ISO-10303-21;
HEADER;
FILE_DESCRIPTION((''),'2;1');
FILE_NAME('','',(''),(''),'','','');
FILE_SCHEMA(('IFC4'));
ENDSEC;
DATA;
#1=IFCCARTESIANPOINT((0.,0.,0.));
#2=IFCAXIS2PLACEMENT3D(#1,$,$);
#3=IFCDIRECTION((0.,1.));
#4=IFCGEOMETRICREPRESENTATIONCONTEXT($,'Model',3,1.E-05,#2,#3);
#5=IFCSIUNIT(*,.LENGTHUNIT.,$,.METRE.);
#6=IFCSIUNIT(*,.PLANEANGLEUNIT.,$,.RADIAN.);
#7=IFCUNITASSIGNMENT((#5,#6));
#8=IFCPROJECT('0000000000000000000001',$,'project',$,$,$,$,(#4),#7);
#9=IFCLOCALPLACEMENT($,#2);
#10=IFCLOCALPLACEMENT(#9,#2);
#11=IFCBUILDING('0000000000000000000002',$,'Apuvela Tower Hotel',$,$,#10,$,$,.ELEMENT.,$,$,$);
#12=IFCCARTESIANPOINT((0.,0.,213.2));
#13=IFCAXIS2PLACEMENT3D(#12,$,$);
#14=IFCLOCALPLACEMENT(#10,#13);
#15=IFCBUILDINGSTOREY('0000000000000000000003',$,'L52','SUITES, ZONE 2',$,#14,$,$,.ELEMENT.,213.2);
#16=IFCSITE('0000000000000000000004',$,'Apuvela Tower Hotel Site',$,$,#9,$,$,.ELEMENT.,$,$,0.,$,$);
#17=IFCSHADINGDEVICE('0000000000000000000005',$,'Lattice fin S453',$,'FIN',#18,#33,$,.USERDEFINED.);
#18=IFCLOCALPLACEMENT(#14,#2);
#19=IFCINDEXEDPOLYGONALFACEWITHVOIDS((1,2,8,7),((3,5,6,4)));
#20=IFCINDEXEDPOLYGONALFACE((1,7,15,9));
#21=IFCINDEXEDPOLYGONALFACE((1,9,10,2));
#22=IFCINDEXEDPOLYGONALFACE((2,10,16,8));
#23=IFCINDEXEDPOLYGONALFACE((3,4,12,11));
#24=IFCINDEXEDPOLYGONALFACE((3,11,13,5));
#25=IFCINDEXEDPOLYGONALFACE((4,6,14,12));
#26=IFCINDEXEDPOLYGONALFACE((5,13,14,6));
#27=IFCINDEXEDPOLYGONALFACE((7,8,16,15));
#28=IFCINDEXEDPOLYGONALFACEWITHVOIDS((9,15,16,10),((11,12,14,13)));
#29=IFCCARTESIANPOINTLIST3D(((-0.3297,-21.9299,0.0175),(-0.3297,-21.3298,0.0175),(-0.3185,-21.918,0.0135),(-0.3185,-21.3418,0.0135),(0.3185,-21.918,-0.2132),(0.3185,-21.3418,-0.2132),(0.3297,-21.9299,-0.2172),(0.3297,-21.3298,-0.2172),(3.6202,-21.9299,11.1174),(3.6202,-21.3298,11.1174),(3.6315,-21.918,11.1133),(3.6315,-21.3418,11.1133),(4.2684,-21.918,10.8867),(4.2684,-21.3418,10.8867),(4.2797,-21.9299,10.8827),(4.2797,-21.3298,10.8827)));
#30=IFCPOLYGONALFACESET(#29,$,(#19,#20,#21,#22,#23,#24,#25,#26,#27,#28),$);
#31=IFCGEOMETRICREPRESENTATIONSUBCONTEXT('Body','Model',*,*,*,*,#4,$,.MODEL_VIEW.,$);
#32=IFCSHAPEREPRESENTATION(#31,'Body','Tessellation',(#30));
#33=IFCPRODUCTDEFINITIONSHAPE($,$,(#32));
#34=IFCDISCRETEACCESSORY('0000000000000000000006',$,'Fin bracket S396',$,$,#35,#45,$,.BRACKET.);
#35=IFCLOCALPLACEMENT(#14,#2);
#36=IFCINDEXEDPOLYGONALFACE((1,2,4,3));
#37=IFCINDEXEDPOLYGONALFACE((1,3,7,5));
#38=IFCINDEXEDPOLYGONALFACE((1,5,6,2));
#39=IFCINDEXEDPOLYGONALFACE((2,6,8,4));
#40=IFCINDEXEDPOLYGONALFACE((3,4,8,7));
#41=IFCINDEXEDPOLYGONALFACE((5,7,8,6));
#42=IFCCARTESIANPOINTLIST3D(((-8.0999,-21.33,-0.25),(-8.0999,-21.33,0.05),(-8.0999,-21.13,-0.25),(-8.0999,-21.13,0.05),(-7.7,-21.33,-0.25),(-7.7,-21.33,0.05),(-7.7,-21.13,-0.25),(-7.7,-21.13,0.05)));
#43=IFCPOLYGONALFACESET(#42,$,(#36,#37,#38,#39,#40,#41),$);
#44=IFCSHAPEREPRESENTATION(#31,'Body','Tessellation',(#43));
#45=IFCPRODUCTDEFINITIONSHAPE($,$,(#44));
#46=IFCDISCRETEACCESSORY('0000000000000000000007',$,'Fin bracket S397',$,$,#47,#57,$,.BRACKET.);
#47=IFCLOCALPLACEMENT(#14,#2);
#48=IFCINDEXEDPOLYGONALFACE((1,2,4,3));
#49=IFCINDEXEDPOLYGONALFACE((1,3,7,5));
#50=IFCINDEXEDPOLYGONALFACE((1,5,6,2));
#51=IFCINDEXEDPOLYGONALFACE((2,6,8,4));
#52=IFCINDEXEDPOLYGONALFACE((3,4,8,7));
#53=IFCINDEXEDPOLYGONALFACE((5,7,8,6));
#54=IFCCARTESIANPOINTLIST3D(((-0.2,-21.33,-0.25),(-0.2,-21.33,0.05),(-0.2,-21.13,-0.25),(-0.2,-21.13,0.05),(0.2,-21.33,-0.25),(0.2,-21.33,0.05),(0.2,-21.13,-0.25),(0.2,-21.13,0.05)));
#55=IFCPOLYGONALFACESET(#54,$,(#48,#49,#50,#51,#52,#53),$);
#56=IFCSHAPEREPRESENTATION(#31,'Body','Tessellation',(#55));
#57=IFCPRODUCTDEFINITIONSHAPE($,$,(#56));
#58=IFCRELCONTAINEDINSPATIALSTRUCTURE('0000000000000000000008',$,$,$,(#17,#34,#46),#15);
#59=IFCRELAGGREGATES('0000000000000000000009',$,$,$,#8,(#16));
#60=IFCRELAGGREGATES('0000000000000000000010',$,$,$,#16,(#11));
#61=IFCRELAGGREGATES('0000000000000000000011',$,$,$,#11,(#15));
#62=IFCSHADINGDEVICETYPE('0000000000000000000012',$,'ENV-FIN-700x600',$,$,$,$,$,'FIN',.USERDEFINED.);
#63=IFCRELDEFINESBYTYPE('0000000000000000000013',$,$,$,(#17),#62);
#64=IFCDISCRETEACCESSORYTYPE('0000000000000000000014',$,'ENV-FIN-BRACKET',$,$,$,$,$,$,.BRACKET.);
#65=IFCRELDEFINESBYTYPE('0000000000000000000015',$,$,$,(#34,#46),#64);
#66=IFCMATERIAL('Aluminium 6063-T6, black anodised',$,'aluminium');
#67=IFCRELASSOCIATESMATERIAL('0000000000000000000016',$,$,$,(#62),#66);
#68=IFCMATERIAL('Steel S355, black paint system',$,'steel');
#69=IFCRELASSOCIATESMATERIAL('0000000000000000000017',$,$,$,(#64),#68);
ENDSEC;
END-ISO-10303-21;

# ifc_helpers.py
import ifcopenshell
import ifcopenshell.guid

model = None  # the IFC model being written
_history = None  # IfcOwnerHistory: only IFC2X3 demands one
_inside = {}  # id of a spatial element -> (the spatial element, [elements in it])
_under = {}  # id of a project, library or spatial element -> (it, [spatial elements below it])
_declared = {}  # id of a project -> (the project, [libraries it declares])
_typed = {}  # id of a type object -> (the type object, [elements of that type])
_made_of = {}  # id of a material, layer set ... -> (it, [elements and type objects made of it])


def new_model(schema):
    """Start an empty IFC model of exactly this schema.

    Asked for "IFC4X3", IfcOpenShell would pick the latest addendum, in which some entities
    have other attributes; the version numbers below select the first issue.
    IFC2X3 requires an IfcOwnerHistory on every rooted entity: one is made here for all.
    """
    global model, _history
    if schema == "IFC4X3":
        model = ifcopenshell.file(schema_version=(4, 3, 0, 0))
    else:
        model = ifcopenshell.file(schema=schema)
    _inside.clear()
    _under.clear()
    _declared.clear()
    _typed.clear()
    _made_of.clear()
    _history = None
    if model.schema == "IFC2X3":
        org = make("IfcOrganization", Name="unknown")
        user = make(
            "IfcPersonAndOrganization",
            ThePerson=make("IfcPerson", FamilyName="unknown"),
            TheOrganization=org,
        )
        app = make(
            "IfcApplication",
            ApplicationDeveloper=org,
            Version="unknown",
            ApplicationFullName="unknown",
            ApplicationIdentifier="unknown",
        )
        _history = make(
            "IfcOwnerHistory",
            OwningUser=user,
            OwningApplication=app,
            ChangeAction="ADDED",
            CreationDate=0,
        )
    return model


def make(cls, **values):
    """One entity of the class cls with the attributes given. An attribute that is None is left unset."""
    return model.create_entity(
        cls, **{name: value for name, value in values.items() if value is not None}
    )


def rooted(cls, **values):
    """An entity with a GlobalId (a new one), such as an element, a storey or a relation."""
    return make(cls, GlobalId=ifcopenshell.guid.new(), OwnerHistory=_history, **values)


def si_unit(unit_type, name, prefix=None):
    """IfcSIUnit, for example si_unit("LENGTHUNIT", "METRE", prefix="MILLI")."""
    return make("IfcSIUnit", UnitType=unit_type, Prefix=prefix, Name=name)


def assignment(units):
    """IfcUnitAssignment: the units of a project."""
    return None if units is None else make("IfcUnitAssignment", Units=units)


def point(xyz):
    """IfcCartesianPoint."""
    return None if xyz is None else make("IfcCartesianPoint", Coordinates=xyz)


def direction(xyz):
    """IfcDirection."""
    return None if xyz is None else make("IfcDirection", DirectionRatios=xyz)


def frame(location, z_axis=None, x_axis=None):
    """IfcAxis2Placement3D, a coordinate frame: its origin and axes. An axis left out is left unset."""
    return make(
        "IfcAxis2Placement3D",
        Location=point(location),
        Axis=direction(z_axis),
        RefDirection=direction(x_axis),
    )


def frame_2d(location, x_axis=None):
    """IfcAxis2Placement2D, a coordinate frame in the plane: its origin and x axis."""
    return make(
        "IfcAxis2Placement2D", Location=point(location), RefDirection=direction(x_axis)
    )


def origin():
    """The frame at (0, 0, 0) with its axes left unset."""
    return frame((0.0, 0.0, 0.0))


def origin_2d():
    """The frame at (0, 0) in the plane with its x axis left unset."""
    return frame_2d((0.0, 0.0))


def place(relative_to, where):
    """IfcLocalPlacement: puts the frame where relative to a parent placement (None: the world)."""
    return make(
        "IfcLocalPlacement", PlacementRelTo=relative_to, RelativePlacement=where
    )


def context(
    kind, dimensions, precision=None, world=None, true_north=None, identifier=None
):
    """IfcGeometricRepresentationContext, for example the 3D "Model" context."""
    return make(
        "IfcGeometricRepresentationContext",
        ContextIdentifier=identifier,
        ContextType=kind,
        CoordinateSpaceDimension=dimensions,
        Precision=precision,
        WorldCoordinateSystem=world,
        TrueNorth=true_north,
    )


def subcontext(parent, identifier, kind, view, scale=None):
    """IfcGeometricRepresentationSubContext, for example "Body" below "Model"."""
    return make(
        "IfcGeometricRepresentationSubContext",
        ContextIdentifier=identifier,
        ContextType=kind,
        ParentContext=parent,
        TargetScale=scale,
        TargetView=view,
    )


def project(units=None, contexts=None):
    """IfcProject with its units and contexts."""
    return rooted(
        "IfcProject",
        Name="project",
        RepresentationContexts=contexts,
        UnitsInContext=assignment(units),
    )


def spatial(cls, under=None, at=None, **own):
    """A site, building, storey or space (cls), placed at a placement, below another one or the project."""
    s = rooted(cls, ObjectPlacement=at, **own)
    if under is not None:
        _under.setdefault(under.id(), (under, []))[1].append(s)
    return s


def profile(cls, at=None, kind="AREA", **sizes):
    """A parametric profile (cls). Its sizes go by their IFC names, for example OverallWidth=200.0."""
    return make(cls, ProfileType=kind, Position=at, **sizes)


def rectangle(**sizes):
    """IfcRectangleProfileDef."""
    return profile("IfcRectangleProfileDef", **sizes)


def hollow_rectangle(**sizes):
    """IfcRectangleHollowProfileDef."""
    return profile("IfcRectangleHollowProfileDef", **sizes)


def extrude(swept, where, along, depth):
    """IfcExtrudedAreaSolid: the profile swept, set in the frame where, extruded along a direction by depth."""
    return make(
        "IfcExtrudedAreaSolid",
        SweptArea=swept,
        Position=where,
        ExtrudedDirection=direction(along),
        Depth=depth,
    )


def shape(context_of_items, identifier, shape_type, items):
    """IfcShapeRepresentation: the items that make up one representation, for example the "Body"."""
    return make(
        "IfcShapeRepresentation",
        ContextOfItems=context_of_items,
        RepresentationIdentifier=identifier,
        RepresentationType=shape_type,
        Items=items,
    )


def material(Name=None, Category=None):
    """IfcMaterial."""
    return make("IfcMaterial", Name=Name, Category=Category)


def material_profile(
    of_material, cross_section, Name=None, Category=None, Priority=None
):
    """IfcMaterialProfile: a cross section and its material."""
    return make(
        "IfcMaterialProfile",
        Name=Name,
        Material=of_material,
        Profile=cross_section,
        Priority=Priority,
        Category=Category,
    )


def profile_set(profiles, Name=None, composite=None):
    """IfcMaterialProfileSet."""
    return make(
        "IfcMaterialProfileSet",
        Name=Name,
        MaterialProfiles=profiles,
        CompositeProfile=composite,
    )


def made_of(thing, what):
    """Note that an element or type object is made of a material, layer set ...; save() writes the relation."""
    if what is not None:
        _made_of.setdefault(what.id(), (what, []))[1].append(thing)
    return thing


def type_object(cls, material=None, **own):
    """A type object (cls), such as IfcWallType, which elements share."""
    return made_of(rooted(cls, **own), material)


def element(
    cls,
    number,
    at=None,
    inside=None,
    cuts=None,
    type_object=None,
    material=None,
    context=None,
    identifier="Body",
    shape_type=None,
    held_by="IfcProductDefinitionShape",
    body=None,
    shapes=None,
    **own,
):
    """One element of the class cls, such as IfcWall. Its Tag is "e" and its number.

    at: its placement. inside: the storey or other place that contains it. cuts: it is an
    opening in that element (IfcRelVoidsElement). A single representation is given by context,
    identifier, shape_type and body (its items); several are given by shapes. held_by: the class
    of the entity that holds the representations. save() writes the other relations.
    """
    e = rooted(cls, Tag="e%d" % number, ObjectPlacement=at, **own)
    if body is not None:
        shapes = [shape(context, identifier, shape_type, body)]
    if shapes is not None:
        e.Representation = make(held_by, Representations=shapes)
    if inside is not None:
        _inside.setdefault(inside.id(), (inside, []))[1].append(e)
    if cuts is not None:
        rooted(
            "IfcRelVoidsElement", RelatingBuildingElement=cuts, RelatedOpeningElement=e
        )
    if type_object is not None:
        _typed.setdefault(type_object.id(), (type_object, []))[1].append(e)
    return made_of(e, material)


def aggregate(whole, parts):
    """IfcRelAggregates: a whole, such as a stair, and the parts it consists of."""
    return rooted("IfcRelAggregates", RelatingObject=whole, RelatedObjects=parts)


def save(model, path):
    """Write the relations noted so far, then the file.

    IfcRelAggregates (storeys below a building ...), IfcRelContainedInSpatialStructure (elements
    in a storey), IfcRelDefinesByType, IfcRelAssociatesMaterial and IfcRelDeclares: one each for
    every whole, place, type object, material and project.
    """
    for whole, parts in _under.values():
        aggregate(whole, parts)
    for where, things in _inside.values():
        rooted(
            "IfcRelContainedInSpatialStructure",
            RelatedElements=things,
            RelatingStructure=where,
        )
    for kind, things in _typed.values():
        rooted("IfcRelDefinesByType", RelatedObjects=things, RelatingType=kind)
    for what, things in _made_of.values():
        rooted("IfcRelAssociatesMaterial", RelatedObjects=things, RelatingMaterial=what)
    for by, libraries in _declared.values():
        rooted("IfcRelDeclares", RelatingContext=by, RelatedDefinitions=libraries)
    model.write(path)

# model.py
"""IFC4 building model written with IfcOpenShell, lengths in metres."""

from ifc_helpers import new_model, si_unit, direction, frame, origin, origin_2d, place, context, subcontext, project, spatial, rectangle, hollow_rectangle, extrude, material, material_profile, profile_set, type_object, element, save


model = new_model("IFC4")

# Units and contexts
model_context = context("Model", 3, precision=1e-05, world=origin(), true_north=direction((0.0, 1.0)))
body_context = subcontext(model_context, "Body", "Model", "MODEL_VIEW")
ifc_project = project(units=[si_unit("LENGTHUNIT", "METRE"), si_unit("PLANEANGLEUNIT", "RADIAN")], contexts=[model_context])

# Site, building, storey
site_placement = place(None, origin())
site = spatial("IfcSite", under=ifc_project, at=site_placement, Name="Apuvela Tower Hotel Site", CompositionType="ELEMENT", RefElevation=0.0)
building_placement = place(site_placement, origin())
building = spatial("IfcBuilding", under=site, at=building_placement, Name="Apuvela Tower Hotel", CompositionType="ELEMENT")
storey_placement = place(building_placement, frame((0.0, 0.0, 213.2)))
storey = spatial("IfcBuildingStorey", under=building, at=storey_placement, Name="L52", Description="SUITES, ZONE 2", CompositionType="ELEMENT", Elevation=213.2)

# Shading device
ifc_material_1 = material(Name="Aluminium 6063-T6, black anodised", Category="aluminium")
ifc_material_profile_1 = material_profile(ifc_material_1, hollow_rectangle(XDim=0.6001, YDim=0.7, WallThickness=0.012, at=origin_2d()), Name="AL BOX 700x600x12")
ifc_profile_set_1 = profile_set([ifc_material_profile_1], Name="Aluminium 6063-T6, black anodised")
shading_device_type = type_object("IfcShadingDeviceType", Name="ENV-FIN-700x600", ElementType="FIN", PredefinedType="USERDEFINED", material=ifc_profile_set_1)
for number, where, z_axis, x_axis, name in (
    (1, (0.0, -21.6299, -0.0999), (0.335261, 0.0, 0.942125), (0.0, 1.0, 0.0), "Lattice fin S453"),
):
    element("IfcShadingDevice", number, at=place(storey_placement, frame(where, z_axis=z_axis, x_axis=x_axis)), inside=storey, type_object=shading_device_type, Name=name, ObjectType="FIN", PredefinedType="USERDEFINED", context=body_context, shape_type="SweptSolid", body=[
        extrude(hollow_rectangle(XDim=0.6001, YDim=0.7, WallThickness=0.012, at=origin_2d()), origin(), (0.0, 0.0, 1.0), 11.7817),
    ])

# Discrete accessories
ifc_material_2 = material(Name="Steel S355, black paint system", Category="steel")
discrete_accessory_type = type_object("IfcDiscreteAccessoryType", Name="ENV-FIN-BRACKET", PredefinedType="BRACKET", material=ifc_material_2)
for number, where, z_axis, x_axis, name in (
    (2, (-7.8999, -21.23, -0.25), (0.0, 0.0, 1.0), (1.0, 0.0, 0.0), "Fin bracket S396"),
    (3, (0.0, -21.23, -0.25), (0.0, 0.0, 1.0), (1.0, 0.0, 0.0), "Fin bracket S397"),
):
    element("IfcDiscreteAccessory", number, at=place(storey_placement, frame(where, z_axis=z_axis, x_axis=x_axis)), inside=storey, type_object=discrete_accessory_type, Name=name, PredefinedType="BRACKET", context=body_context, shape_type="SweptSolid", body=[
        extrude(rectangle(XDim=0.3999, YDim=0.2, at=origin_2d()), origin(), (0.0, 0.0, 1.0), 0.3),
    ])

save(model, "model.ifc")
